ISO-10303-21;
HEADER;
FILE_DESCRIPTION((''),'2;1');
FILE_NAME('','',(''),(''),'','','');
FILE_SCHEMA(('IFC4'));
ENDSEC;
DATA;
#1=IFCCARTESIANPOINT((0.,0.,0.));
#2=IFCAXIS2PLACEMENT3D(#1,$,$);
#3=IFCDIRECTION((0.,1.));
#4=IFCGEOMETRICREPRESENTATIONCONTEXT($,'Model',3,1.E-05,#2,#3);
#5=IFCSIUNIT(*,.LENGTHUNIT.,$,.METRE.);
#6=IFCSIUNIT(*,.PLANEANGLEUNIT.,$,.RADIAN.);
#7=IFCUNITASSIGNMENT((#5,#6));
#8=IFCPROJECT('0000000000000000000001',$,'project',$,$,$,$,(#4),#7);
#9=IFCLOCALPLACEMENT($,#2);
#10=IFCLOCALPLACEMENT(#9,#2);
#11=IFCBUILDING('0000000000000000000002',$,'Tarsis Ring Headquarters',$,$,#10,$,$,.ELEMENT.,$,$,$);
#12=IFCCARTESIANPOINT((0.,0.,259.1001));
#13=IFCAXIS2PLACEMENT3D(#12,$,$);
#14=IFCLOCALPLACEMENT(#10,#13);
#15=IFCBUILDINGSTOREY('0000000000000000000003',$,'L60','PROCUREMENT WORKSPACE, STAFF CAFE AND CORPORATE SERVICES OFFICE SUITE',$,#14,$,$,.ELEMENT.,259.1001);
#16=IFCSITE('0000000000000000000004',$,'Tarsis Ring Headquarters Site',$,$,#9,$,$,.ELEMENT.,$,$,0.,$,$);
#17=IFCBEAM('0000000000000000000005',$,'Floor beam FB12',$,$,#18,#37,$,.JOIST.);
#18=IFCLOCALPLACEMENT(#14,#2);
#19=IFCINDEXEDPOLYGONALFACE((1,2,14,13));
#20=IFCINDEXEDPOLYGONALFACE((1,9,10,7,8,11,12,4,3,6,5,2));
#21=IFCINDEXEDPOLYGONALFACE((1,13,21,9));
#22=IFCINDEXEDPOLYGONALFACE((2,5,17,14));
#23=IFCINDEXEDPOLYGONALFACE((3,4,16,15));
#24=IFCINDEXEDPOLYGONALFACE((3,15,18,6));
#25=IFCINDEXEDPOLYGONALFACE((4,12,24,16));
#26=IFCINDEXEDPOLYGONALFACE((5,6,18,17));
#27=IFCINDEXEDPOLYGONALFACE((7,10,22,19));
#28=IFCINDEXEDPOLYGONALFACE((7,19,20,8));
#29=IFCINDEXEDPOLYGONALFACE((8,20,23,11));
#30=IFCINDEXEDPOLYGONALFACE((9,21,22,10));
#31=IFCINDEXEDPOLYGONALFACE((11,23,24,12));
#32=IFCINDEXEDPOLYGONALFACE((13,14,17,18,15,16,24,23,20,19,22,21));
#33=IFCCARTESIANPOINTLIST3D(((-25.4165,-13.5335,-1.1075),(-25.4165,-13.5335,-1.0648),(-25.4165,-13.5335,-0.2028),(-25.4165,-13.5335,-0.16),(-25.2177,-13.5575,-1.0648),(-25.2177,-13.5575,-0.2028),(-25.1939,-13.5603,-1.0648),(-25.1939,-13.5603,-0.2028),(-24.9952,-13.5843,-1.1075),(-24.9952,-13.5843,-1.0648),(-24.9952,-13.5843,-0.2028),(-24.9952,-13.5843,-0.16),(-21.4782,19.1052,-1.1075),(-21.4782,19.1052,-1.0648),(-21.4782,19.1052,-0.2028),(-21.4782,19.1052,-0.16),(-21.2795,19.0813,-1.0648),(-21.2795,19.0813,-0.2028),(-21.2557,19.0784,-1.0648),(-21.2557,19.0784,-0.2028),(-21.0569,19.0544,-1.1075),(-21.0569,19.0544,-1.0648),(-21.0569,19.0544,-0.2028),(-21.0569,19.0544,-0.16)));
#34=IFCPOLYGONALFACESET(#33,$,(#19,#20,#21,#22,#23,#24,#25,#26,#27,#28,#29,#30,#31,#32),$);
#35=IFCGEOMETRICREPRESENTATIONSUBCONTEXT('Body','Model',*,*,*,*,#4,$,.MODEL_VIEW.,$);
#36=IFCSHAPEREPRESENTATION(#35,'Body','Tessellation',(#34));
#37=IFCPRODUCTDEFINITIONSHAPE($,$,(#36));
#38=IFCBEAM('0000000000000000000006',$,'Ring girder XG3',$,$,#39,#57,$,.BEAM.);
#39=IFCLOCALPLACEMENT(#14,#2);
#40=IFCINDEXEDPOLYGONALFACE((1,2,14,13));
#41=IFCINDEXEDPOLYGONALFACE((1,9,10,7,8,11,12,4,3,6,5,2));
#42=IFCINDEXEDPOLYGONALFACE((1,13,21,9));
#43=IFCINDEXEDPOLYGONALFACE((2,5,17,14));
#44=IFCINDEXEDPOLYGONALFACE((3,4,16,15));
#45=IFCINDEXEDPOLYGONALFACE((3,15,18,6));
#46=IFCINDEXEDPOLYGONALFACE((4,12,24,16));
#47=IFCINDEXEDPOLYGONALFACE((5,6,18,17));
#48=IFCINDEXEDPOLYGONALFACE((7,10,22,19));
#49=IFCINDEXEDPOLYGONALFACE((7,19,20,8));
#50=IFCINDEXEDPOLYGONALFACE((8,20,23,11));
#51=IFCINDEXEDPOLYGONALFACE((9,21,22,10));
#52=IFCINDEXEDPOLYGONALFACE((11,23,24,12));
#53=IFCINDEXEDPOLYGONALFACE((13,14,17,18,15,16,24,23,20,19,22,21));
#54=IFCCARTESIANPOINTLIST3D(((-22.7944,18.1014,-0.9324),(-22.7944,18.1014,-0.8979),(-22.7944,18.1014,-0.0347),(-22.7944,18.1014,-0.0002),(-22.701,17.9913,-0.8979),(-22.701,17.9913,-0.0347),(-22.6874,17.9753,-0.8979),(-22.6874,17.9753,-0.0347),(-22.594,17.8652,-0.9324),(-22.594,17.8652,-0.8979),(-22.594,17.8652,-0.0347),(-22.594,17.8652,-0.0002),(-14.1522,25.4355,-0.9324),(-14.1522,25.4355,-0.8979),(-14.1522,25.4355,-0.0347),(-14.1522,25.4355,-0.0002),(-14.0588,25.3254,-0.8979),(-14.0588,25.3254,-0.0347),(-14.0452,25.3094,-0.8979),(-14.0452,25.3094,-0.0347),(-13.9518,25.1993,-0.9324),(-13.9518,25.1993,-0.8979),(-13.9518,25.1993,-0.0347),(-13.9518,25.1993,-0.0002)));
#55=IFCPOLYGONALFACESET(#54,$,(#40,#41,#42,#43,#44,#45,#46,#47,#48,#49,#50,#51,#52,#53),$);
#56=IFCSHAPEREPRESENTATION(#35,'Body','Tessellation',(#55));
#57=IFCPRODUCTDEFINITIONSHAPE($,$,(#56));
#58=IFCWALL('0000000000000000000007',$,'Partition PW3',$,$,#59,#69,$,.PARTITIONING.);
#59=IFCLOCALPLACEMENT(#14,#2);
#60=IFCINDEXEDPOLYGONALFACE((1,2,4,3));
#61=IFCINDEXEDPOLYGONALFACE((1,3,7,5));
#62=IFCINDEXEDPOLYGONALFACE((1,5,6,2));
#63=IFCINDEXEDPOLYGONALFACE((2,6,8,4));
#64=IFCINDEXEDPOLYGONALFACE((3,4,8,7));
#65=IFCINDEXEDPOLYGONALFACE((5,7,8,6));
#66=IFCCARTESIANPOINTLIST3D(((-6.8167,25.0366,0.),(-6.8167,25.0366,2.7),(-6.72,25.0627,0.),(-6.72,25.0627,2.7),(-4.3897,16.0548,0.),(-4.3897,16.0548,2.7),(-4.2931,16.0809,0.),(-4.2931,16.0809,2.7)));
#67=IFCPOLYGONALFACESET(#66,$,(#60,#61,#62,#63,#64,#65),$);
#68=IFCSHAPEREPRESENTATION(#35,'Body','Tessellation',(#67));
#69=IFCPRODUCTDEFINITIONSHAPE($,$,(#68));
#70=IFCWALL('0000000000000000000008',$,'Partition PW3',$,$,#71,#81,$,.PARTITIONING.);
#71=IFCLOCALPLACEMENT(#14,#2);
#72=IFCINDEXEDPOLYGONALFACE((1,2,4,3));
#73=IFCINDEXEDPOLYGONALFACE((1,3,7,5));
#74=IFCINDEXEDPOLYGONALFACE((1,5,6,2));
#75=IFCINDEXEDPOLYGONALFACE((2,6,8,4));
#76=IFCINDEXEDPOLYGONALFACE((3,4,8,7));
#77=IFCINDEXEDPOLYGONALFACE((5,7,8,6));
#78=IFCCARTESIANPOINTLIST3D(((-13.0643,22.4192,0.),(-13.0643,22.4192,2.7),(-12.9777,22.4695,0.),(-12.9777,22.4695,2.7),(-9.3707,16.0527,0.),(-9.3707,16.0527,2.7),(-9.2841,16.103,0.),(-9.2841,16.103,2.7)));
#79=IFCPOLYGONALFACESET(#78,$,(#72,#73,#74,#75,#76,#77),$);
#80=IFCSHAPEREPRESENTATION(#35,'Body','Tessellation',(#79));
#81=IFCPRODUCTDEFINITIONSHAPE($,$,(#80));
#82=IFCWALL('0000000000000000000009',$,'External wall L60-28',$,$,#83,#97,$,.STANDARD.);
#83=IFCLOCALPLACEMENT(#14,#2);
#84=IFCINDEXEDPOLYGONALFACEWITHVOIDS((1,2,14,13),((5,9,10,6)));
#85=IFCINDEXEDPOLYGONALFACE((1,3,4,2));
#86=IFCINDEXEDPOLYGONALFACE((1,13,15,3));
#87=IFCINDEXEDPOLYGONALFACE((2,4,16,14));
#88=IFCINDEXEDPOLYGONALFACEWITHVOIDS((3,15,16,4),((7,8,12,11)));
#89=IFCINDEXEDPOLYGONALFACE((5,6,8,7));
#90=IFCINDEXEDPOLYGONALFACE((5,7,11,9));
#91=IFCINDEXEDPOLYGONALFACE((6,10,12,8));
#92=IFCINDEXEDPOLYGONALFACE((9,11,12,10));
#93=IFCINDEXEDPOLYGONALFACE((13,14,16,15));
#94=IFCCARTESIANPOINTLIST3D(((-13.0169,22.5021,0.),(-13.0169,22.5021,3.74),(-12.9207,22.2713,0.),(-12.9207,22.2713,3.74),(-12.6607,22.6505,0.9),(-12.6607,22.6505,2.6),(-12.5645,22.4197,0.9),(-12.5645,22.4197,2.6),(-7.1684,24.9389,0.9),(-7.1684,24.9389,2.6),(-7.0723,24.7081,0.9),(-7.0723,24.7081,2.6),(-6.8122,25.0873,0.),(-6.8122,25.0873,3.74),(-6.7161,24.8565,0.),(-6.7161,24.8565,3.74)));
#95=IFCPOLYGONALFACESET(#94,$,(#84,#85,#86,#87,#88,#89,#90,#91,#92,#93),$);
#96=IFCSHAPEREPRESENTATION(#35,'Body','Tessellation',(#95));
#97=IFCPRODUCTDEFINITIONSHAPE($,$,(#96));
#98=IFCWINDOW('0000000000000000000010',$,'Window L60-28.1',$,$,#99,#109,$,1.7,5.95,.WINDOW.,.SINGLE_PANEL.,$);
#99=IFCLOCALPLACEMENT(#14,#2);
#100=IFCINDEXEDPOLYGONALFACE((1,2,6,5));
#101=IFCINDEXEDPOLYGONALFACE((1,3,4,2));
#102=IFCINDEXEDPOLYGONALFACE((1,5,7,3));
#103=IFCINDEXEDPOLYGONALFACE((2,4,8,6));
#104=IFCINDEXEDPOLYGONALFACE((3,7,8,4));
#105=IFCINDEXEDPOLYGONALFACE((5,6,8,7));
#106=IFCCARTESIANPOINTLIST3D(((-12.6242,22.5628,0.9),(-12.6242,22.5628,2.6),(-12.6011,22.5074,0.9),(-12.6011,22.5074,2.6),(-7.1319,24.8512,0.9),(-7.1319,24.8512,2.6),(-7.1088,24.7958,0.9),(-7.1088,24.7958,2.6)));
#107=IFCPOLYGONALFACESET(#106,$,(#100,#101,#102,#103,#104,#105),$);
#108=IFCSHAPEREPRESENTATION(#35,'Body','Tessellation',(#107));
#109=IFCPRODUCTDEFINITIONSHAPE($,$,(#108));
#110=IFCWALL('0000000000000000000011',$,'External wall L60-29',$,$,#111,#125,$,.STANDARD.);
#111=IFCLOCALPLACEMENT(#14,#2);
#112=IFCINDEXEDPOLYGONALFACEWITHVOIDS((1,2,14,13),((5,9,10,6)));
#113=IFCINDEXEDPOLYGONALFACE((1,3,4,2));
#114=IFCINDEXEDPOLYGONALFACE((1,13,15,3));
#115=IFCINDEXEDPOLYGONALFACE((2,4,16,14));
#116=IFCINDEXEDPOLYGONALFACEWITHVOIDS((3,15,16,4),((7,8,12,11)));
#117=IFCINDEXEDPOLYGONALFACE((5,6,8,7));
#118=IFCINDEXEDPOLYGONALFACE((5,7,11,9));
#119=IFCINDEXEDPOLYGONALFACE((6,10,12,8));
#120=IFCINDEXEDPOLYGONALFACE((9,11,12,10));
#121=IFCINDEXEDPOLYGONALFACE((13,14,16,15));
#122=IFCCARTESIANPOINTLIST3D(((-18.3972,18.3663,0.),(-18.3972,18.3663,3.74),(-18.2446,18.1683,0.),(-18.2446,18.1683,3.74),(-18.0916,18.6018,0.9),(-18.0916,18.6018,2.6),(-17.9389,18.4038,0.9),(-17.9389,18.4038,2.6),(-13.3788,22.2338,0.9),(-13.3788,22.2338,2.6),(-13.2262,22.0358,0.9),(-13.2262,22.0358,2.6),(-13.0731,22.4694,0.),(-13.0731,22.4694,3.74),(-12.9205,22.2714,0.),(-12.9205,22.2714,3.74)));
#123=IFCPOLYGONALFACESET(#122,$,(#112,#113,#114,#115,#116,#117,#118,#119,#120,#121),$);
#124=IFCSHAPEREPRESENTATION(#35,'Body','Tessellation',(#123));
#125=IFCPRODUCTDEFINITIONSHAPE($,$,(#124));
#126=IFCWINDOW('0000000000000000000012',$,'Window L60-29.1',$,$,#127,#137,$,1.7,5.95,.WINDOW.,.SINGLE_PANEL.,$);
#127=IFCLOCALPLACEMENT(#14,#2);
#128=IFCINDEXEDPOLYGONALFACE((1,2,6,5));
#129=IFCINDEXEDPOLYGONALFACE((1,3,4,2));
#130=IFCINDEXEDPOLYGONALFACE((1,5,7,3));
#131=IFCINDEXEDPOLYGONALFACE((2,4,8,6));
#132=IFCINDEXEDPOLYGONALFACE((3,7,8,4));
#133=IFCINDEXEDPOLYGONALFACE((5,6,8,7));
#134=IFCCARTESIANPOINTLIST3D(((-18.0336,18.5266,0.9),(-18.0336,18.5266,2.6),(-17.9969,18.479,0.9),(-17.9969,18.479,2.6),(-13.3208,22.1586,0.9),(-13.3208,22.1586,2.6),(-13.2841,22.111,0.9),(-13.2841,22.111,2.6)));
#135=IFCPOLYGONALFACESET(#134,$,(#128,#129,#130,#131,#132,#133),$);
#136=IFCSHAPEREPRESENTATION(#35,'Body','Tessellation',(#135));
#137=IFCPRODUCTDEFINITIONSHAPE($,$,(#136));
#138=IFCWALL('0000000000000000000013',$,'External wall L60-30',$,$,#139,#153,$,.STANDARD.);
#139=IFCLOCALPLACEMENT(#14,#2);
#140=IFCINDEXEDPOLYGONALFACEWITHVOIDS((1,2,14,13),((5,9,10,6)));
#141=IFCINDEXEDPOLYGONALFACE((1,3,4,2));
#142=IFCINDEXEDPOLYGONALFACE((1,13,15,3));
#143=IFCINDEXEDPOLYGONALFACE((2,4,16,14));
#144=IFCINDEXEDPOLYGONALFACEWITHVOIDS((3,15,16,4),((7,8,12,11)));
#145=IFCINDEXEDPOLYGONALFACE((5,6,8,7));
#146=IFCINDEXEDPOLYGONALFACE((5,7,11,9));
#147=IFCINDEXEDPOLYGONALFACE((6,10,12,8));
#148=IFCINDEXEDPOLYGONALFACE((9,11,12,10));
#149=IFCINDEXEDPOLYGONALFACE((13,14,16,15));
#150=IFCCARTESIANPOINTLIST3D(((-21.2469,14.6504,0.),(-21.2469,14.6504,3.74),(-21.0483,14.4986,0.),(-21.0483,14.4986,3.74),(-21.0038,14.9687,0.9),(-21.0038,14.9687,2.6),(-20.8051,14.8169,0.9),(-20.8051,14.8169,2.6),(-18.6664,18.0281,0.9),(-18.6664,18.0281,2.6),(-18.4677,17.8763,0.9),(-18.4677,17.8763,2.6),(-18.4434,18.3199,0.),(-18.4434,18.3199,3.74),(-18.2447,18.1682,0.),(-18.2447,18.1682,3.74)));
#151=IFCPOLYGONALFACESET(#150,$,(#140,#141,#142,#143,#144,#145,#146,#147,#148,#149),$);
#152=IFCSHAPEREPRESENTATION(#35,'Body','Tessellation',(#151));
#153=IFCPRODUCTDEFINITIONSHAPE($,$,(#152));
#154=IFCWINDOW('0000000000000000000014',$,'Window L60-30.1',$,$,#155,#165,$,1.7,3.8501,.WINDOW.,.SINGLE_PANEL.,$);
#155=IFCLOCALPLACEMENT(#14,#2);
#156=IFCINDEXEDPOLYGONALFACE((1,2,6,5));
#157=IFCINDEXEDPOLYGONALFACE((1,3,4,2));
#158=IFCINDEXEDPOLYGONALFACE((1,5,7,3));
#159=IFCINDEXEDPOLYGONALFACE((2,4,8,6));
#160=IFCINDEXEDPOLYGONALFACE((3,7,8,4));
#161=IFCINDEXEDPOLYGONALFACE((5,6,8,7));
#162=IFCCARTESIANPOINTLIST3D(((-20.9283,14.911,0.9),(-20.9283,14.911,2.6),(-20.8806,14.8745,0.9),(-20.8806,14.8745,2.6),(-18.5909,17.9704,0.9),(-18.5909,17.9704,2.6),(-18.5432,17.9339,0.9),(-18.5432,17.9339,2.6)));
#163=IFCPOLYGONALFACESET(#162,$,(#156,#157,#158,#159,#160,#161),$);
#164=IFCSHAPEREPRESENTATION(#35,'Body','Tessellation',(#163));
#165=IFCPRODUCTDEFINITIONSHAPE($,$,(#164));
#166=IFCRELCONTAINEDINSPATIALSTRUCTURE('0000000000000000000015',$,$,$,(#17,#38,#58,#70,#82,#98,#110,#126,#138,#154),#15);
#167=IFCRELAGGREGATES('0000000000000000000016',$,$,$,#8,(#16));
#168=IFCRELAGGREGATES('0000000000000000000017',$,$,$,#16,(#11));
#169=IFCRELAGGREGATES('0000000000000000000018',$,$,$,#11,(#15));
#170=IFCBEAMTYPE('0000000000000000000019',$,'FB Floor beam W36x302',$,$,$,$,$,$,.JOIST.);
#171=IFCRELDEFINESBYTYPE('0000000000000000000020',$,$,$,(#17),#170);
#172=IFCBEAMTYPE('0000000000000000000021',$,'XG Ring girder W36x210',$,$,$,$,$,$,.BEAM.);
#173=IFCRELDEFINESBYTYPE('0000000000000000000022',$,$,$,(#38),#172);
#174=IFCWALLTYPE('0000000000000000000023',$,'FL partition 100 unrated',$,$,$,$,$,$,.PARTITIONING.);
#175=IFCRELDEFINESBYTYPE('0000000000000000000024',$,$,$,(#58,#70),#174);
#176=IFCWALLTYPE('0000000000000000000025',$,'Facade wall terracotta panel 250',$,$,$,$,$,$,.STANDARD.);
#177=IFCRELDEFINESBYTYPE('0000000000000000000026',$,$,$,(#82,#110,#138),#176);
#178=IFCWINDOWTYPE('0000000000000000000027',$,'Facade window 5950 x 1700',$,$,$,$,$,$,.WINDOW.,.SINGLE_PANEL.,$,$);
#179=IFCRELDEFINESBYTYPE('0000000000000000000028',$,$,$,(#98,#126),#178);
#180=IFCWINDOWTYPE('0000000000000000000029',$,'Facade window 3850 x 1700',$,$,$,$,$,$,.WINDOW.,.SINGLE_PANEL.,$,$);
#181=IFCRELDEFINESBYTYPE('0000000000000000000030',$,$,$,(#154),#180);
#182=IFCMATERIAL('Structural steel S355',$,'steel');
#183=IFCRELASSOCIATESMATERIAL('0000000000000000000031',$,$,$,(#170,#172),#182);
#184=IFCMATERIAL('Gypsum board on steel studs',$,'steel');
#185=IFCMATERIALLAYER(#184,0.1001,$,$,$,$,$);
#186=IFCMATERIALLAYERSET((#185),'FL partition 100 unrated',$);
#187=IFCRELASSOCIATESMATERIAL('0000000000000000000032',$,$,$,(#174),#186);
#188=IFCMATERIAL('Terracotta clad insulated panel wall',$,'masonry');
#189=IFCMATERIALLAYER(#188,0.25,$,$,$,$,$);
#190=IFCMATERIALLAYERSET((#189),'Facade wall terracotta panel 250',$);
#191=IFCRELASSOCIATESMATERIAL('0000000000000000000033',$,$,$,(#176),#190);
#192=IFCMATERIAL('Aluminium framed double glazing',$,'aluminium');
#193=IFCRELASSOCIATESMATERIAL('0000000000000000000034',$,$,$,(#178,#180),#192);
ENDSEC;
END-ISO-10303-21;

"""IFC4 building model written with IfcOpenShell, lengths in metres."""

from ifc_helpers import new_model, si_unit, direction, frame, frame_2d, origin, origin_2d, place, context, subcontext, project, spatial, rectangle, i_section, extrude, material, layer, layer_set, material_profile, profile_set, type_object, element, fill, save


model = new_model("IFC4")

# Units and contexts
model_context = context("Model", 3, precision=1e-05, world=origin(), true_north=direction((0.0, 1.0)))
body_context = subcontext(model_context, "Body", "Model", "MODEL_VIEW")
ifc_project = project(units=[si_unit("LENGTHUNIT", "METRE"), si_unit("PLANEANGLEUNIT", "RADIAN")], contexts=[model_context])

# Site, building, storey
site_placement = place(None, origin())
site = spatial("IfcSite", under=ifc_project, at=site_placement, Name="Tarsis Ring Headquarters Site", CompositionType="ELEMENT", RefElevation=0.0)
building_placement = place(site_placement, origin())
building = spatial("IfcBuilding", under=site, at=building_placement, Name="Tarsis Ring Headquarters", CompositionType="ELEMENT")
storey_placement = place(building_placement, frame((0.0, 0.0, 259.1001)))
storey = spatial("IfcBuildingStorey", under=building, at=storey_placement, Name="L60", Description="PROCUREMENT WORKSPACE, STAFF CAFE AND CORPORATE SERVICES OFFICE SUITE", CompositionType="ELEMENT", Elevation=259.1001)

# Shared definitions
ifc_material_1 = material(Name="Structural steel S355", Category="steel")

# Beams
ifc_material_profile_1 = material_profile(ifc_material_1, i_section(OverallWidth=0.4243, OverallDepth=0.9475, WebThickness=0.0239, FlangeThickness=0.0427, at=origin_2d()), Name="W36x302")
ifc_profile_set_1 = profile_set([ifc_material_profile_1], Name="Structural steel S355")
beam_type_1 = type_object("IfcBeamType", Name="FB Floor beam W36x302", PredefinedType="JOIST", material=ifc_profile_set_1)
beam_1_placement = place(storey_placement, frame((-21.2676, 19.0798, -0.6338), z_axis=(-0.119793, -0.992799, 0.0), x_axis=(0.992799, -0.119793, 0.0)))
element("IfcBeam", 1, at=beam_1_placement, inside=storey, type_object=beam_type_1, Name="Floor beam FB12", PredefinedType="JOIST", context=body_context, shape_type="SweptSolid", body=[
    extrude(i_section(OverallWidth=0.4243, OverallDepth=0.9475, WebThickness=0.0239, FlangeThickness=0.0427, at=origin_2d()), origin(), (0.0, 0.0, 1.0), 32.8755),
])
ifc_material_profile_2 = material_profile(ifc_material_1, i_section(OverallWidth=0.3098, OverallDepth=0.9321, WebThickness=0.021, FlangeThickness=0.0344, at=origin_2d()), Name="W36x210")
ifc_profile_set_2 = profile_set([ifc_material_profile_2], Name="Structural steel S355")
beam_type_2 = type_object("IfcBeamType", Name="XG Ring girder W36x210", PredefinedType="BEAM", material=ifc_profile_set_2)
beam_2_placement = place(storey_placement, frame((-14.052, 25.3174, -0.4663), z_axis=(-0.762452, -0.647044, 0.0), x_axis=(0.647044, -0.762452, 0.0)))
element("IfcBeam", 2, at=beam_2_placement, inside=storey, type_object=beam_type_2, Name="Ring girder XG3", PredefinedType="BEAM", context=body_context, shape_type="SweptSolid", body=[
    extrude(i_section(OverallWidth=0.3098, OverallDepth=0.9321, WebThickness=0.021, FlangeThickness=0.0344, at=origin_2d()), origin(), (0.0, 0.0, 1.0), 11.3347),
])

# Walls
ifc_material_2 = material(Name="Gypsum board on steel studs", Category="steel")
ifc_layer_1 = layer(ifc_material_2, 0.1001)
ifc_layer_set_1 = layer_set([ifc_layer_1], Name="FL partition 100 unrated")
wall_type_1 = type_object("IfcWallType", Name="FL partition 100 unrated", PredefinedType="PARTITIONING", material=ifc_layer_set_1)
wall_1_placement = place(storey_placement, frame((-6.7683, 25.0496, 0.0), z_axis=(0.0, 0.0, 1.0), x_axis=(0.260854, -0.965378, 0.0)))
element("IfcWall", 3, at=wall_1_placement, inside=storey, type_object=wall_type_1, Name="Partition PW3", PredefinedType="PARTITIONING", context=body_context, shape_type="SweptSolid", body=[
    extrude(rectangle(XDim=9.304, YDim=0.1001, at=frame_2d((4.6519, 0.0))), origin(), (0.0, 0.0, 1.0), 2.7),
])
wall_2_placement = place(storey_placement, frame((-13.021, 22.4443, 0.0), z_axis=(0.0, 0.0, 1.0), x_axis=(0.501826, -0.864969, 0.0)))
element("IfcWall", 4, at=wall_2_placement, inside=storey, type_object=wall_type_1, Name="Partition PW3", PredefinedType="PARTITIONING", context=body_context, shape_type="SweptSolid", body=[
    extrude(rectangle(XDim=7.3604, YDim=0.1001, at=frame_2d((3.6802, 0.0))), origin(), (0.0, 0.0, 1.0), 2.7),
])

# Walls, openings, windows
ifc_material_3 = material(Name="Terracotta clad insulated panel wall", Category="masonry")
ifc_layer_2 = layer(ifc_material_3, 0.25)
ifc_layer_set_2 = layer_set([ifc_layer_2], Name="Facade wall terracotta panel 250")
wall_type_2 = type_object("IfcWallType", Name="Facade wall terracotta panel 250", PredefinedType="STANDARD", material=ifc_layer_set_2)
wall_3_placement = place(storey_placement, frame((-6.7642, 24.9719, 0.0), z_axis=(0.0, 0.0, 1.0), x_axis=(-0.923079, -0.38461, 0.0)))
wall_3 = element("IfcWall", 5, at=wall_3_placement, inside=storey, type_object=wall_type_2, Name="External wall L60-28", PredefinedType="STANDARD", context=body_context, shape_type="SweptSolid", body=[
    extrude(rectangle(XDim=6.7217, YDim=0.25, at=frame_2d((3.3608, 0.0))), origin(), (0.0, 0.0, 1.0), 3.74),
])
opening_1_placement = place(wall_3_placement, frame((0.3857, 0.0, 0.8999)))
opening_1 = element("IfcOpeningElement", 6, at=opening_1_placement, cuts=wall_3, PredefinedType="OPENING", context=body_context, shape_type="SweptSolid", body=[
    extrude(rectangle(XDim=5.95, YDim=1.7, at=frame_2d((2.9751, 0.8501))), frame((0.0, 0.135, 0.0), z_axis=(0.0, -1.0, 0.0), x_axis=(1.0, 0.0, 0.0)), (0.0, 0.0, 1.0), 0.27),
])
ifc_material_4 = material(Name="Aluminium framed double glazing", Category="aluminium")
window_type_1 = type_object("IfcWindowType", Name="Facade window 5950 x 1700", PartitioningType="SINGLE_PANEL", PredefinedType="WINDOW", material=ifc_material_4)
window_1_placement = place(opening_1_placement, origin())
window_1 = element("IfcWindow", 7, at=window_1_placement, inside=storey, type_object=window_type_1, Name="Window L60-28.1", OverallHeight=1.7, OverallWidth=5.95, PartitioningType="SINGLE_PANEL", PredefinedType="WINDOW", context=body_context, shape_type="SweptSolid", body=[
    extrude(rectangle(XDim=5.95, YDim=1.7, at=frame_2d((2.9751, 0.8501))), frame((0.0, 0.03, 0.0), z_axis=(0.0, -1.0, 0.0), x_axis=(1.0, 0.0, 0.0)), (0.0, 0.0, 1.0), 0.0601),
])
fill(opening_1, window_1)
wall_4_placement = place(storey_placement, frame((-12.9968, 22.3704, 0.0), z_axis=(0.0, 0.0, 1.0), x_axis=(-0.792073, -0.610427, 0.0)))
wall_4 = element("IfcWall", 8, at=wall_4_placement, inside=storey, type_object=wall_type_2, Name="External wall L60-29", PredefinedType="STANDARD", context=body_context, shape_type="SweptSolid", body=[
    extrude(rectangle(XDim=6.7217, YDim=0.25, at=frame_2d((3.3608, 0.0))), origin(), (0.0, 0.0, 1.0), 3.74),
])
opening_2_placement = place(wall_4_placement, frame((0.3857, 0.0, 0.8999)))
opening_2 = element("IfcOpeningElement", 9, at=opening_2_placement, cuts=wall_4, PredefinedType="OPENING", context=body_context, shape_type="SweptSolid", body=[
    extrude(rectangle(XDim=5.95, YDim=1.7, at=frame_2d((2.9751, 0.8501))), frame((0.0, 0.135, 0.0), z_axis=(0.0, -1.0, 0.0), x_axis=(1.0, 0.0, 0.0)), (0.0, 0.0, 1.0), 0.27),
])
window_2_placement = place(opening_2_placement, origin())
window_2 = element("IfcWindow", 10, at=window_2_placement, inside=storey, type_object=window_type_1, Name="Window L60-29.1", OverallHeight=1.7, OverallWidth=5.95, PartitioningType="SINGLE_PANEL", PredefinedType="WINDOW", context=body_context, shape_type="SweptSolid", body=[
    extrude(rectangle(XDim=5.95, YDim=1.7, at=frame_2d((2.9751, 0.8501))), frame((0.0, 0.03, 0.0), z_axis=(0.0, -1.0, 0.0), x_axis=(1.0, 0.0, 0.0)), (0.0, 0.0, 1.0), 0.0601),
])
fill(opening_2, window_2)
wall_5_placement = place(storey_placement, frame((-18.344, 18.2441, 0.0), z_axis=(0.0, 0.0, 1.0), x_axis=(-0.607099, -0.794626, 0.0)))
wall_5 = element("IfcWall", 11, at=wall_5_placement, inside=storey, type_object=wall_type_2, Name="External wall L60-30", PredefinedType="STANDARD", context=body_context, shape_type="SweptSolid", body=[
    extrude(rectangle(XDim=4.6179, YDim=0.25, at=frame_2d((2.3091, 0.0))), origin(), (0.0, 0.0, 1.0), 3.74),
])
opening_3_placement = place(wall_5_placement, frame((0.3674, 0.0, 0.8999)))
opening_3 = element("IfcOpeningElement", 12, at=opening_3_placement, cuts=wall_5, PredefinedType="OPENING", context=body_context, shape_type="SweptSolid", body=[
    extrude(rectangle(XDim=3.8501, YDim=1.7, at=frame_2d((1.925, 0.8501))), frame((0.0, 0.135, 0.0), z_axis=(0.0, -1.0, 0.0), x_axis=(1.0, 0.0, 0.0)), (0.0, 0.0, 1.0), 0.27),
])
window_type_2 = type_object("IfcWindowType", Name="Facade window 3850 x 1700", PartitioningType="SINGLE_PANEL", PredefinedType="WINDOW", material=ifc_material_4)
window_3_placement = place(opening_3_placement, origin())
window_3 = element("IfcWindow", 13, at=window_3_placement, inside=storey, type_object=window_type_2, Name="Window L60-30.1", OverallHeight=1.7, OverallWidth=3.8501, PartitioningType="SINGLE_PANEL", PredefinedType="WINDOW", context=body_context, shape_type="SweptSolid", body=[
    extrude(rectangle(XDim=3.8501, YDim=1.7, at=frame_2d((1.925, 0.8501))), frame((0.0, 0.03, 0.0), z_axis=(0.0, -1.0, 0.0), x_axis=(1.0, 0.0, 0.0)), (0.0, 0.0, 1.0), 0.0601),
])
fill(opening_3, window_3)

save(model, "model.ifc")
